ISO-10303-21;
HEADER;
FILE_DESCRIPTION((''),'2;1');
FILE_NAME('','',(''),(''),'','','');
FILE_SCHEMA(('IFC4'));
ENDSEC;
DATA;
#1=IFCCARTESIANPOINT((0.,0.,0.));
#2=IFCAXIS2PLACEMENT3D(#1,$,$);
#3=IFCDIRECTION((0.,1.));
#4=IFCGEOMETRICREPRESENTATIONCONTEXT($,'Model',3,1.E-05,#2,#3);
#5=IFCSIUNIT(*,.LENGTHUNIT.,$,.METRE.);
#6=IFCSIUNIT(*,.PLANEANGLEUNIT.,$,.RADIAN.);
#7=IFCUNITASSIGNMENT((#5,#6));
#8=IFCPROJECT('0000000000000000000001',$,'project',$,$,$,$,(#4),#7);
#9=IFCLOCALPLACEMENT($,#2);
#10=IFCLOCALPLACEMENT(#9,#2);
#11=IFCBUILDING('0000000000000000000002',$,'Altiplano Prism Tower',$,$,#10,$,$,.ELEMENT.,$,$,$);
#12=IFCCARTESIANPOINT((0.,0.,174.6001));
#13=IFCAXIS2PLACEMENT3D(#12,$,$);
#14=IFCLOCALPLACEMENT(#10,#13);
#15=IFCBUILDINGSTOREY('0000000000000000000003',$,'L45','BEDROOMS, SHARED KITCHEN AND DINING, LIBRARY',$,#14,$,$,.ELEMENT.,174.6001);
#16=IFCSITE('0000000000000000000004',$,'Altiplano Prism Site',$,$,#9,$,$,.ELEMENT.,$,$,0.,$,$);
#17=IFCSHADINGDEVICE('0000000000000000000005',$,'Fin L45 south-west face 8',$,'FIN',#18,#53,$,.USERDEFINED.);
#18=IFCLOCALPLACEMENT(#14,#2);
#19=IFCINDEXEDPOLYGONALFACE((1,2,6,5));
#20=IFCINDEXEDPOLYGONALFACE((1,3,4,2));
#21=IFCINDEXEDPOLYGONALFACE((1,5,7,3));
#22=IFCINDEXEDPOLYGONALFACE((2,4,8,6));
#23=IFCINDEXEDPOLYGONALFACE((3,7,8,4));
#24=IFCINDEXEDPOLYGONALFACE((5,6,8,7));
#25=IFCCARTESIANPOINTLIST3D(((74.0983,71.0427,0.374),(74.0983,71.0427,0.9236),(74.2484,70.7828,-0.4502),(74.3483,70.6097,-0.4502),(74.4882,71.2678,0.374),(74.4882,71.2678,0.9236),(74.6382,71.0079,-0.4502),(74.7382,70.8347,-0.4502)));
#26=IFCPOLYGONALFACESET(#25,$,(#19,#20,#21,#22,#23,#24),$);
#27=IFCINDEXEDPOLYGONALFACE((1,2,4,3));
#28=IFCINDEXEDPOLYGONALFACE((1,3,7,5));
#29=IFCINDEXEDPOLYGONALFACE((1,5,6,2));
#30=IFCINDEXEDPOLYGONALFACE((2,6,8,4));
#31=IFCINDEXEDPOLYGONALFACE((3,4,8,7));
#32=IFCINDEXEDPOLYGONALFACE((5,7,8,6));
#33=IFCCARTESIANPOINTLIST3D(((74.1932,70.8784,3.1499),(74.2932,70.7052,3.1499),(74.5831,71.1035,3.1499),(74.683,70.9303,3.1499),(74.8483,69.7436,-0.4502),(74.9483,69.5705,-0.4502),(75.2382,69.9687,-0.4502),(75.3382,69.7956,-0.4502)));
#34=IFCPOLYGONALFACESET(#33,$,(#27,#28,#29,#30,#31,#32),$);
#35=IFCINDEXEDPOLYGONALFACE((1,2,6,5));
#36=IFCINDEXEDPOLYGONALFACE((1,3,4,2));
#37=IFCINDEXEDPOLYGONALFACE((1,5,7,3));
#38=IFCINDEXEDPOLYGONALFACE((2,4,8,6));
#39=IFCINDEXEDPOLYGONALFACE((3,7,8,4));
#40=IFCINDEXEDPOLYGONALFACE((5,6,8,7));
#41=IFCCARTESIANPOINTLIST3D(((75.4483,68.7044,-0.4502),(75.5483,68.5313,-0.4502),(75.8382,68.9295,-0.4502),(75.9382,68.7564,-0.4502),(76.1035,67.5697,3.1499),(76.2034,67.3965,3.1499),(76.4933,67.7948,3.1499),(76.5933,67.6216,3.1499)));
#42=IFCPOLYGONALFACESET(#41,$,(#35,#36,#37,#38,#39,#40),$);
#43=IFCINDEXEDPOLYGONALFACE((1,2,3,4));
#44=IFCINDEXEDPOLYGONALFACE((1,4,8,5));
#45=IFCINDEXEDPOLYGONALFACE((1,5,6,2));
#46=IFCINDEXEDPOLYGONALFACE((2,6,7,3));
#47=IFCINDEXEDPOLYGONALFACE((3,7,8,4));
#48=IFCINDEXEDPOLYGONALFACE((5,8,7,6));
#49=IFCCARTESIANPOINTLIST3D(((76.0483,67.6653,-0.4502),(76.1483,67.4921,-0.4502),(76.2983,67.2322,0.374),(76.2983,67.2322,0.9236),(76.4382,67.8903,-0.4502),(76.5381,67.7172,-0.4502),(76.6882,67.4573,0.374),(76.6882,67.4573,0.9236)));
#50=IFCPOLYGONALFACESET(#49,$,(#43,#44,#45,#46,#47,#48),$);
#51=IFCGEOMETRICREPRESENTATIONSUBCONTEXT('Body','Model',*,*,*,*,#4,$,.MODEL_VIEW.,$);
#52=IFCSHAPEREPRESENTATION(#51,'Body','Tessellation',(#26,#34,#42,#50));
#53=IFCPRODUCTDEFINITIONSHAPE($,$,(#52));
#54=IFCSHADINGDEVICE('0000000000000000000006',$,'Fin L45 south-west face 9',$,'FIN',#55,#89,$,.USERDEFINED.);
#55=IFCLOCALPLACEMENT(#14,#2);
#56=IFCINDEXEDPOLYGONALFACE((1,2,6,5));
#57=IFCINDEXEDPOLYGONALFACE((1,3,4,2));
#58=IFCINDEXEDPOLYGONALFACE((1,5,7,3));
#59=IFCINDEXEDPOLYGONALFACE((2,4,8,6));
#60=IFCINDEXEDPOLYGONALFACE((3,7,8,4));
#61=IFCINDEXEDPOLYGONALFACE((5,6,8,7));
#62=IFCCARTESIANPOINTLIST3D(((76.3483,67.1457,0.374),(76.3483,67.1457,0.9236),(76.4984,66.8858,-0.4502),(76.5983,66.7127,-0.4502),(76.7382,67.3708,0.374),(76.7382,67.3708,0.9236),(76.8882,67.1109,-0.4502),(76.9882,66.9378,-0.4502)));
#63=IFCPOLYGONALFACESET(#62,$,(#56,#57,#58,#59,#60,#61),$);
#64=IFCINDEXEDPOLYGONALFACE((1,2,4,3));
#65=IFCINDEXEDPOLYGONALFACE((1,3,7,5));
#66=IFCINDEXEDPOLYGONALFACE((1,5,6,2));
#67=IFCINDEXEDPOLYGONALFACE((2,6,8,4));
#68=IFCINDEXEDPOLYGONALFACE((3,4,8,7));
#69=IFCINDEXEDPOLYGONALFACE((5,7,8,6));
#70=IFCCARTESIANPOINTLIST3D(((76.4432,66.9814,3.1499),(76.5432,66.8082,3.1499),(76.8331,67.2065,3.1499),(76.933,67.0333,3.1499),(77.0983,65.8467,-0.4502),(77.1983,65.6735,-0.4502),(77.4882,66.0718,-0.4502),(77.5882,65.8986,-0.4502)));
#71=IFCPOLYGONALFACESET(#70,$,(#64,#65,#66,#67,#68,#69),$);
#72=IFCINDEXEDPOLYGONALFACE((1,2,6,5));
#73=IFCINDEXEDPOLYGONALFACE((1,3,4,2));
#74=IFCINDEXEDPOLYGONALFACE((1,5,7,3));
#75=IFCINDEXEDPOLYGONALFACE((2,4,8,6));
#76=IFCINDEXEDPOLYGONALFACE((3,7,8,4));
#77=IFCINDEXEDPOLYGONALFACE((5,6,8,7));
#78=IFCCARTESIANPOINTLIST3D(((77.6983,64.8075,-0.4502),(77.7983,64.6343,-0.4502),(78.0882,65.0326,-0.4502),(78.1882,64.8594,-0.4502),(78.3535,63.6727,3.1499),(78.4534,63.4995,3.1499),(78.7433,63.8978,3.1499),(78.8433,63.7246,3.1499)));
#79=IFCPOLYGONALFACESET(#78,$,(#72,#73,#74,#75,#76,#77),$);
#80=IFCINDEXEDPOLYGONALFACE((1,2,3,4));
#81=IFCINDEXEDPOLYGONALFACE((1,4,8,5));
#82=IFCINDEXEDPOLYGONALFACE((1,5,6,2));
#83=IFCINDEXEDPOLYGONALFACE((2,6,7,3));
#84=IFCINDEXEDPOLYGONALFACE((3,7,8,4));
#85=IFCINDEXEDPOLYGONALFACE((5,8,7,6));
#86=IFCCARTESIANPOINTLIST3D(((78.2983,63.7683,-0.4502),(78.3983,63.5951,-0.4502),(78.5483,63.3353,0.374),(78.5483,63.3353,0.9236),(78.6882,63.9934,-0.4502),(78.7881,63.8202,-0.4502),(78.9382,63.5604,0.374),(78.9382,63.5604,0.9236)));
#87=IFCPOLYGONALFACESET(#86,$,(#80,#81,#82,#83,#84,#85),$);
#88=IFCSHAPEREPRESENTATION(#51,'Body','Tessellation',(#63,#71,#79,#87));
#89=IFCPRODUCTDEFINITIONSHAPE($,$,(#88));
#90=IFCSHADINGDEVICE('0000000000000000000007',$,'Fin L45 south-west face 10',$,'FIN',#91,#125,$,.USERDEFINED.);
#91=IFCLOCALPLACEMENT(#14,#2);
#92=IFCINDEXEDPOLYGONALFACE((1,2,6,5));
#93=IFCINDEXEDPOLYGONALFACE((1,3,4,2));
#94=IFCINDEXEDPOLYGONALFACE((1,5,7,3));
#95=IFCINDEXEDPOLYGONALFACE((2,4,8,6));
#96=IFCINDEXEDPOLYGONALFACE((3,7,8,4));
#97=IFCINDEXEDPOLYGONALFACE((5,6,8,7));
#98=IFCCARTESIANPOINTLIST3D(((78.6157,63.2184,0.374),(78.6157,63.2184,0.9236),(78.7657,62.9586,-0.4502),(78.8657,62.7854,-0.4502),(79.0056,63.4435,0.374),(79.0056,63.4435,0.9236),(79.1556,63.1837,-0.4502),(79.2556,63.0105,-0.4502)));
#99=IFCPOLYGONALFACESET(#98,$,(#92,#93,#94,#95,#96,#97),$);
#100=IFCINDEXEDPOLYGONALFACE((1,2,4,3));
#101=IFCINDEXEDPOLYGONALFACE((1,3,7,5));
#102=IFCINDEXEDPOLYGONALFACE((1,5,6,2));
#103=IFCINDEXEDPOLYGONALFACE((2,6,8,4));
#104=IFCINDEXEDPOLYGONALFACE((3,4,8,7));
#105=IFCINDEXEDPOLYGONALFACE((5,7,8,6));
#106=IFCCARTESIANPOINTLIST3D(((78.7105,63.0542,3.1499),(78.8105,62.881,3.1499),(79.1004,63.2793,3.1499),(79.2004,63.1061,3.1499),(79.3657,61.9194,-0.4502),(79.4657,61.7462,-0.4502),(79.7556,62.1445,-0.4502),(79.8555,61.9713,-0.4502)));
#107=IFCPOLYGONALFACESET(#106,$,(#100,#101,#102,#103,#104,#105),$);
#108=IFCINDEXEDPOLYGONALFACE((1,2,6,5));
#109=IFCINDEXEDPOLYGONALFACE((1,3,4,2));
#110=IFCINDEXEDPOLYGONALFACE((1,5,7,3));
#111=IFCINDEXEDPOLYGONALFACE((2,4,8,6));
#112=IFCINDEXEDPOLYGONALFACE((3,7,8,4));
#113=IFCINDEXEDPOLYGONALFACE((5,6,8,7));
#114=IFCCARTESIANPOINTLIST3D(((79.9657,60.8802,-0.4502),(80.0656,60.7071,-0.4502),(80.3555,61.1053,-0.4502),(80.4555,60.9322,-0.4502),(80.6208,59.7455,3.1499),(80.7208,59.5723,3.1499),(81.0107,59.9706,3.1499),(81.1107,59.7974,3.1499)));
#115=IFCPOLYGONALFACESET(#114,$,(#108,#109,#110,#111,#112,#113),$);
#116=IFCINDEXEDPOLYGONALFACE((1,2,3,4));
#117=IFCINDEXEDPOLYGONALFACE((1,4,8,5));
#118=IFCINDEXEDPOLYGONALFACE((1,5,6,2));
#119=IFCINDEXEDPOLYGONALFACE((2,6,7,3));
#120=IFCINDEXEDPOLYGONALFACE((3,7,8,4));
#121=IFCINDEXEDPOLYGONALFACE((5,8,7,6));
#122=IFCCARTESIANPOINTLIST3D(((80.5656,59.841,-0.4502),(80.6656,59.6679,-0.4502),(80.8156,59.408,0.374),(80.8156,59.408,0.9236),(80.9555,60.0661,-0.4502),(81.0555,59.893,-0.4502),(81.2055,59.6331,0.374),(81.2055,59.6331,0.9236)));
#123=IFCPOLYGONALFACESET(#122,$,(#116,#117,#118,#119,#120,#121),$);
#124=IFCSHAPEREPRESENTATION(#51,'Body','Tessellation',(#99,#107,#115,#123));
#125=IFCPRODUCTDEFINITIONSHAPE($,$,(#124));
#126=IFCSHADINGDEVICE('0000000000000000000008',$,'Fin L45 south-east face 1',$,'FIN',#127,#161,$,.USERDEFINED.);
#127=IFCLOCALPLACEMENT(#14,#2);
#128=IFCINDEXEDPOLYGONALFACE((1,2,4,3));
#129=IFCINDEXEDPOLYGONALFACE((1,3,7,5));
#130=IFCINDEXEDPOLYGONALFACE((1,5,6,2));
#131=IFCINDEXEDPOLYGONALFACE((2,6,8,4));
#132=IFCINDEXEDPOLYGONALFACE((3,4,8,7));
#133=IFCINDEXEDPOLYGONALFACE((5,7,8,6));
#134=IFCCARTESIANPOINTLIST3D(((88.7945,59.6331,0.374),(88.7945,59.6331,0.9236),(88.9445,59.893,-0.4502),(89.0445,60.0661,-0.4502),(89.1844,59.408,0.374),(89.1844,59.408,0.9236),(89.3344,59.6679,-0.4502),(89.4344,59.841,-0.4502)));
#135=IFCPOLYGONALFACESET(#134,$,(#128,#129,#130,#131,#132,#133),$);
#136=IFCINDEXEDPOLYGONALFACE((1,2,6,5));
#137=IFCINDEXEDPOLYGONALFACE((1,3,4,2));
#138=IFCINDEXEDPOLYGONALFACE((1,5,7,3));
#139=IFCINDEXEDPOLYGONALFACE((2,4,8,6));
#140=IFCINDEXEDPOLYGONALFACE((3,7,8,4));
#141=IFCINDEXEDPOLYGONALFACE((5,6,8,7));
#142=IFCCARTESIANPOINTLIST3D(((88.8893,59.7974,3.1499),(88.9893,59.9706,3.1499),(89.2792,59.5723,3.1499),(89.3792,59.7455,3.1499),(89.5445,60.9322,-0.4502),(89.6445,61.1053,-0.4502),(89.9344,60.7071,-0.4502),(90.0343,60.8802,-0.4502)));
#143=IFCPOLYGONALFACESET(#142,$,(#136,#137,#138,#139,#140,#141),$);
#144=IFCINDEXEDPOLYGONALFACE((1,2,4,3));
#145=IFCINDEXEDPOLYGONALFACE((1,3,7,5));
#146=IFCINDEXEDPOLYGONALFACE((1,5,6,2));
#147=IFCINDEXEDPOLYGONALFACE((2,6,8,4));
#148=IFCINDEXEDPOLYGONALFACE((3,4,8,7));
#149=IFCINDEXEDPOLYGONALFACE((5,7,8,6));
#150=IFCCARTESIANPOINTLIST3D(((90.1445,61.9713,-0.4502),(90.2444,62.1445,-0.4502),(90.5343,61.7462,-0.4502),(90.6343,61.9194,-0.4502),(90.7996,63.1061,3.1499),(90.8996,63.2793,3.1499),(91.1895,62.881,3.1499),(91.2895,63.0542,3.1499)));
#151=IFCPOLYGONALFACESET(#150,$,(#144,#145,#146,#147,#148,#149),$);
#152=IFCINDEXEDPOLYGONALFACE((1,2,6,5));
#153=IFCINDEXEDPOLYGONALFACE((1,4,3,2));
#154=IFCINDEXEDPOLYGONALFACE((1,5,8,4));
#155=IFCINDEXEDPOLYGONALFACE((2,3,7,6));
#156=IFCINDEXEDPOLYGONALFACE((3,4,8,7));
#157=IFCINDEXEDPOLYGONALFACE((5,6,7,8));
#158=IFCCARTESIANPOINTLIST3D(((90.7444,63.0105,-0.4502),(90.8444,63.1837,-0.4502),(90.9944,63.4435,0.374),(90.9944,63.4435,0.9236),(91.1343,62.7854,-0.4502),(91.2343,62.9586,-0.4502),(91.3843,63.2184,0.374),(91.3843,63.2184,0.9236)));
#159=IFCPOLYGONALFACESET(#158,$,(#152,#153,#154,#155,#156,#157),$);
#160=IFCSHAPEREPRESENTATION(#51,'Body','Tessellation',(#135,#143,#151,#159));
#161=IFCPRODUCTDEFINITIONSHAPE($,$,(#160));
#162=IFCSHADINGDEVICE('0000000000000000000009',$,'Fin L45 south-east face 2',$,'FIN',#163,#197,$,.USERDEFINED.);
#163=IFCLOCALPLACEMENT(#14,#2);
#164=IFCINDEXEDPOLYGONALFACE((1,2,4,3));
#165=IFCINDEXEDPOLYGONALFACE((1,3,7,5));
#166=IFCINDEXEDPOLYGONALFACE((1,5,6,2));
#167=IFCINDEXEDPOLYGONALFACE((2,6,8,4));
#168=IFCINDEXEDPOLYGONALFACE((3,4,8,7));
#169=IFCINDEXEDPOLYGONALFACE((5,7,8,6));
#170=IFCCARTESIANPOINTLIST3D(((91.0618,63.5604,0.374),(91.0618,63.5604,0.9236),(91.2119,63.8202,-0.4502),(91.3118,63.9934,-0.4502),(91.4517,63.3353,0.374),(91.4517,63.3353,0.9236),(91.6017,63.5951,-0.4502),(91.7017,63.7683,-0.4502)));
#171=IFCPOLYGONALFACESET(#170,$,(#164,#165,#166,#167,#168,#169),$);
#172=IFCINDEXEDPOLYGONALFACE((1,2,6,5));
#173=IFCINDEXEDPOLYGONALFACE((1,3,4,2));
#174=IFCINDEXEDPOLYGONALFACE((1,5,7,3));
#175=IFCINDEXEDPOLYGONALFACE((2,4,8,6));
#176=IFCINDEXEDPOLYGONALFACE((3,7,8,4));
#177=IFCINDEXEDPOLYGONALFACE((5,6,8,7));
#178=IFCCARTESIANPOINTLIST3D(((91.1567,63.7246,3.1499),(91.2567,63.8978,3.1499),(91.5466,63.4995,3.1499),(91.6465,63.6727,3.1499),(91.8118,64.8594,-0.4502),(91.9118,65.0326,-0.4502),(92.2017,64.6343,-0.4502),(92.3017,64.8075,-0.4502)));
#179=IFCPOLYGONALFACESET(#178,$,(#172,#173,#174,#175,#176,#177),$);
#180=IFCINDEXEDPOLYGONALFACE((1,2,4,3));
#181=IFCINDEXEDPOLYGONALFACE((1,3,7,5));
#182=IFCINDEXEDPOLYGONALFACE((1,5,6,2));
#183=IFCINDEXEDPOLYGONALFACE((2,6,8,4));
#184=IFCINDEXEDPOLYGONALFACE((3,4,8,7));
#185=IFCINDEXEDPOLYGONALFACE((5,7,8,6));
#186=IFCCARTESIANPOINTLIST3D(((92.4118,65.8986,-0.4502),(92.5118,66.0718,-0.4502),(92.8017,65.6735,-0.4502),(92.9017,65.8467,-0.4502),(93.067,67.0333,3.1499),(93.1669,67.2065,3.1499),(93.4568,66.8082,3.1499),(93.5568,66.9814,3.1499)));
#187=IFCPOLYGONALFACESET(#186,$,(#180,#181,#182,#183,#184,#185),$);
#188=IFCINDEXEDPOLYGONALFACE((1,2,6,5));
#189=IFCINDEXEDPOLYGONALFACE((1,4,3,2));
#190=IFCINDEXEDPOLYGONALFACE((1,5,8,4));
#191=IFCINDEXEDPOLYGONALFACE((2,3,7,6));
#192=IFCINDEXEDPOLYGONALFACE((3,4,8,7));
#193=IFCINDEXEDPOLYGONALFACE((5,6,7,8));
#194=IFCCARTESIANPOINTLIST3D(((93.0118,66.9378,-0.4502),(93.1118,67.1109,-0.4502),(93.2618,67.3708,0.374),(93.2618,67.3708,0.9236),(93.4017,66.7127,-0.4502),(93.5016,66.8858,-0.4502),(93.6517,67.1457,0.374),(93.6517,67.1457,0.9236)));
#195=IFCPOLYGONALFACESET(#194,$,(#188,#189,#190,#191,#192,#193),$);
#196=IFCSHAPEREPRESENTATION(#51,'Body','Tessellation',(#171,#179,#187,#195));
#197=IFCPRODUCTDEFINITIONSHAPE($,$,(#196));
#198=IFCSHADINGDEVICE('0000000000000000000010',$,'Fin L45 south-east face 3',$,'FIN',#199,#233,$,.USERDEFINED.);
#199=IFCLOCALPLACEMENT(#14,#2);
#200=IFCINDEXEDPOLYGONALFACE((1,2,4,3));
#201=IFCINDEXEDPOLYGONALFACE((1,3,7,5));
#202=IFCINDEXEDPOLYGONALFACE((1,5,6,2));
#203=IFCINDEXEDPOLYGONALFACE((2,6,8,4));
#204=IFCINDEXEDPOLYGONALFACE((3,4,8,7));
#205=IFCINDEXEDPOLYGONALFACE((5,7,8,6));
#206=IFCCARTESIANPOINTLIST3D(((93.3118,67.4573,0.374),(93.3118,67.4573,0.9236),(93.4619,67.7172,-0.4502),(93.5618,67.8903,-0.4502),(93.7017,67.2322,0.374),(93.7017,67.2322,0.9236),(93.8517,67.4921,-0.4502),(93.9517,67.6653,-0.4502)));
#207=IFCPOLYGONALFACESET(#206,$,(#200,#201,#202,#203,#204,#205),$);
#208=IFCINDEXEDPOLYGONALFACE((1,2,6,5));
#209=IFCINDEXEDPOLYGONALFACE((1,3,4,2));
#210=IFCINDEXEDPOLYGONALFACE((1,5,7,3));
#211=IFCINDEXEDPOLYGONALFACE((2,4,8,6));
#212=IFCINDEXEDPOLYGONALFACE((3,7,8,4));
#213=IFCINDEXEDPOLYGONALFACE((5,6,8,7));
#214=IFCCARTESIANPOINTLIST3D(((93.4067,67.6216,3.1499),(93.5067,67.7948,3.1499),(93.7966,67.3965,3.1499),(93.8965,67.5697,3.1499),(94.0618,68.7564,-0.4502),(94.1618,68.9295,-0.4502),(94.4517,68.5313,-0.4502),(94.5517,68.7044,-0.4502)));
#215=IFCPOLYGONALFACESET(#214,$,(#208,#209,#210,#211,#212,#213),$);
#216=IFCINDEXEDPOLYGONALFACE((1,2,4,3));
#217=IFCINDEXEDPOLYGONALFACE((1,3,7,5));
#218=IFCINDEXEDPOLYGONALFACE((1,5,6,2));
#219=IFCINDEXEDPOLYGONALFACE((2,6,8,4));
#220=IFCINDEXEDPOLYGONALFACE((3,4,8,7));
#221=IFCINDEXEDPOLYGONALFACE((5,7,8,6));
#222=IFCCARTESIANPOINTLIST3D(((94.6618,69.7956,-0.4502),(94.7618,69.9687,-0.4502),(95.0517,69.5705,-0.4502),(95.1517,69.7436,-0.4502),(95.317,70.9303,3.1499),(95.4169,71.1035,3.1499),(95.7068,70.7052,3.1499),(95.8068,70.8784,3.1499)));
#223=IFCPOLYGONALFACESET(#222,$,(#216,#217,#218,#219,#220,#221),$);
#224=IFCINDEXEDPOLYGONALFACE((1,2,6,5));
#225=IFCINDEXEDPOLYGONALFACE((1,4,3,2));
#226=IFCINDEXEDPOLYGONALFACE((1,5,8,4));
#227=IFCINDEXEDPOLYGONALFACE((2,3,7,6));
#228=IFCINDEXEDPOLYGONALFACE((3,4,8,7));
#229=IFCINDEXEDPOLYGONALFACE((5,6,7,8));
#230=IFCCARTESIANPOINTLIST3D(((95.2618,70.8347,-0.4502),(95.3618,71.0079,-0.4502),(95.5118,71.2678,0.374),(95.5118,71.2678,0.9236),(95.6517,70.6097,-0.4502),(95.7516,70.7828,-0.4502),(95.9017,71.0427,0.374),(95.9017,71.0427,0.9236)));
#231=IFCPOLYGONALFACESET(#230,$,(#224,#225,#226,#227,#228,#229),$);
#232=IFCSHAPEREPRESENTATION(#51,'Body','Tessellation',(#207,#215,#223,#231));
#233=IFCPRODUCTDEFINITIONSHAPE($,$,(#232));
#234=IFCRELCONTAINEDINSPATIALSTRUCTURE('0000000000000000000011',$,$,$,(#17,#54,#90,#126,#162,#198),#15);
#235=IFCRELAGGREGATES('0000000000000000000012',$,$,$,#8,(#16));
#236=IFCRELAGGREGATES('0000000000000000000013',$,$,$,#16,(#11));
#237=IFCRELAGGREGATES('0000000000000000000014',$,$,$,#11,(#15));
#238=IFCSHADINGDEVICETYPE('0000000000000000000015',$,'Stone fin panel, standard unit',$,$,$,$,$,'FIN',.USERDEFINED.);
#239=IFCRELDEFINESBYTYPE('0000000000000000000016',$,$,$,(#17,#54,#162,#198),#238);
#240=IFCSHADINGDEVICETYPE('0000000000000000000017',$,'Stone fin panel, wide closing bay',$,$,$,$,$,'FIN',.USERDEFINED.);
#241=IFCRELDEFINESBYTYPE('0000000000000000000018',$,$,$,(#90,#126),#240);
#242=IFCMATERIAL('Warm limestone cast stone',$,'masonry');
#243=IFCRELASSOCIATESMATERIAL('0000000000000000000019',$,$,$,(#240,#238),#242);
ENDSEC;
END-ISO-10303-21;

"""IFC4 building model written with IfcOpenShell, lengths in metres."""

from ifc_helpers import new_model, si_unit, direction, frame, origin, place, context, subcontext, project, spatial, polyline, outline, extrude, source, transform, mapped, material, type_object, element, save


model = new_model("IFC4")

# Units and contexts
model_context = context("Model", 3, precision=1e-05, world=origin(), true_north=direction((0.0, 1.0)))
body_context = subcontext(model_context, "Body", "Model", "MODEL_VIEW")
ifc_project = project(units=[si_unit("LENGTHUNIT", "METRE"), si_unit("PLANEANGLEUNIT", "RADIAN")], contexts=[model_context])

# Site, building, storey
site_placement = place(None, origin())
site = spatial("IfcSite", under=ifc_project, at=site_placement, Name="Altiplano Prism Site", CompositionType="ELEMENT", RefElevation=0.0)
building_placement = place(site_placement, origin())
building = spatial("IfcBuilding", under=site, at=building_placement, Name="Altiplano Prism Tower", CompositionType="ELEMENT")
storey_placement = place(building_placement, frame((0.0, 0.0, 174.6001)))
storey = spatial("IfcBuildingStorey", under=building, at=storey_placement, Name="L45", Description="BEDROOMS, SHARED KITCHEN AND DINING, LIBRARY", CompositionType="ELEMENT", Elevation=174.6001)

# Shading devices
ifc_material_1 = material(Name="Warm limestone cast stone", Category="masonry")
shading_device_type_1 = type_object("IfcShadingDeviceType", Name="Stone fin panel, wide closing bay", ElementType="FIN", PredefinedType="USERDEFINED", material=ifc_material_1)
shared_shape_1 = source(origin(), body_context, "Body", "SweptSolid", [
    extrude(outline(polyline([(-2.2, 1.3738), (-2.2, 0.8242), (-1.8999, 0.0), (-1.7, 0.0), (-2.2, 1.3738)])), frame((0.0, -0.1499, 0.0), z_axis=(0.0, -1.0, 0.0), x_axis=(1.0, 0.0, 0.0)), (0.0, 0.0, 1.0), 0.4502),
    extrude(outline(polyline([(-2.0103, 3.6001), (-0.7, 0.0), (-0.5, 0.0), (-1.8103, 3.6001), (-2.0103, 3.6001)])), frame((0.0, -0.1499, 0.0), z_axis=(0.0, -1.0, 0.0), x_axis=(1.0, 0.0, 0.0)), (0.0, 0.0, 1.0), 0.4502),
    extrude(outline(polyline([(1.8103, 3.6001), (0.5, 0.0), (0.7, 0.0), (2.0103, 3.6001), (1.8103, 3.6001)])), frame((0.0, -0.1499, 0.0), z_axis=(0.0, -1.0, 0.0), x_axis=(1.0, 0.0, 0.0)), (0.0, 0.0, 1.0), 0.4502),
    extrude(outline(polyline([(2.2, 0.8242), (2.2, 1.3738), (1.7, 0.0), (1.8999, 0.0), (2.2, 0.8242)])), frame((0.0, -0.1499, 0.0), z_axis=(0.0, -1.0, 0.0), x_axis=(1.0, 0.0, 0.0)), (0.0, 0.0, 1.0), 0.4502),
])
shading_device_type_2 = type_object("IfcShadingDeviceType", Name="Stone fin panel, standard unit", ElementType="FIN", PredefinedType="USERDEFINED", material=ifc_material_1)
shading_device_1_placement = place(storey_placement, origin())
element("IfcShadingDevice", 1, at=shading_device_1_placement, inside=storey, type_object=shading_device_type_2, Name="Fin L45 south-west face 8", ObjectType="FIN", PredefinedType="USERDEFINED", context=body_context, shape_type="MappedRepresentation", body=[
    mapped(shared_shape_1, transform((75.718, 69.4375, -0.4502), x_axis=(0.5, -0.866025, 0.0), y_axis=(0.866025, 0.5, 0.0), z_axis=(0.0, 0.0, 1.0))),
])
shading_device_2_placement = place(storey_placement, origin())
element("IfcShadingDevice", 2, at=shading_device_2_placement, inside=storey, type_object=shading_device_type_2, Name="Fin L45 south-west face 9", ObjectType="FIN", PredefinedType="USERDEFINED", context=body_context, shape_type="MappedRepresentation", body=[
    mapped(shared_shape_1, transform((77.968, 65.5405, -0.4502), x_axis=(0.5, -0.866025, 0.0), y_axis=(0.866025, 0.5, 0.0), z_axis=(0.0, 0.0, 1.0))),
])
shading_device_3_placement = place(storey_placement, origin())
element("IfcShadingDevice", 3, at=shading_device_3_placement, inside=storey, type_object=shading_device_type_1, Name="Fin L45 south-west face 10", ObjectType="FIN", PredefinedType="USERDEFINED", context=body_context, shape_type="MappedRepresentation", body=[
    mapped(shared_shape_1, transform((80.2354, 61.6133, -0.4502), x_axis=(0.5, -0.866025, 0.0), y_axis=(0.866025, 0.5, 0.0), z_axis=(0.0, 0.0, 1.0))),
])
shading_device_4_placement = place(storey_placement, origin())
element("IfcShadingDevice", 4, at=shading_device_4_placement, inside=storey, type_object=shading_device_type_1, Name="Fin L45 south-east face 1", ObjectType="FIN", PredefinedType="USERDEFINED", context=body_context, shape_type="MappedRepresentation", body=[
    mapped(shared_shape_1, transform((89.7646, 61.6133, -0.4502), x_axis=(0.5, 0.866025, 0.0), y_axis=(-0.866025, 0.5, 0.0), z_axis=(0.0, 0.0, 1.0))),
])
shading_device_5_placement = place(storey_placement, origin())
element("IfcShadingDevice", 5, at=shading_device_5_placement, inside=storey, type_object=shading_device_type_2, Name="Fin L45 south-east face 2", ObjectType="FIN", PredefinedType="USERDEFINED", context=body_context, shape_type="MappedRepresentation", body=[
    mapped(shared_shape_1, transform((92.032, 65.5405, -0.4502), x_axis=(0.5, 0.866025, 0.0), y_axis=(-0.866025, 0.5, 0.0), z_axis=(0.0, 0.0, 1.0))),
])
shading_device_6_placement = place(storey_placement, origin())
element("IfcShadingDevice", 6, at=shading_device_6_placement, inside=storey, type_object=shading_device_type_2, Name="Fin L45 south-east face 3", ObjectType="FIN", PredefinedType="USERDEFINED", context=body_context, shape_type="MappedRepresentation", body=[
    mapped(shared_shape_1, transform((94.282, 69.4375, -0.4502), x_axis=(0.5, 0.866025, 0.0), y_axis=(-0.866025, 0.5, 0.0), z_axis=(0.0, 0.0, 1.0))),
])

save(model, "model.ifc")
